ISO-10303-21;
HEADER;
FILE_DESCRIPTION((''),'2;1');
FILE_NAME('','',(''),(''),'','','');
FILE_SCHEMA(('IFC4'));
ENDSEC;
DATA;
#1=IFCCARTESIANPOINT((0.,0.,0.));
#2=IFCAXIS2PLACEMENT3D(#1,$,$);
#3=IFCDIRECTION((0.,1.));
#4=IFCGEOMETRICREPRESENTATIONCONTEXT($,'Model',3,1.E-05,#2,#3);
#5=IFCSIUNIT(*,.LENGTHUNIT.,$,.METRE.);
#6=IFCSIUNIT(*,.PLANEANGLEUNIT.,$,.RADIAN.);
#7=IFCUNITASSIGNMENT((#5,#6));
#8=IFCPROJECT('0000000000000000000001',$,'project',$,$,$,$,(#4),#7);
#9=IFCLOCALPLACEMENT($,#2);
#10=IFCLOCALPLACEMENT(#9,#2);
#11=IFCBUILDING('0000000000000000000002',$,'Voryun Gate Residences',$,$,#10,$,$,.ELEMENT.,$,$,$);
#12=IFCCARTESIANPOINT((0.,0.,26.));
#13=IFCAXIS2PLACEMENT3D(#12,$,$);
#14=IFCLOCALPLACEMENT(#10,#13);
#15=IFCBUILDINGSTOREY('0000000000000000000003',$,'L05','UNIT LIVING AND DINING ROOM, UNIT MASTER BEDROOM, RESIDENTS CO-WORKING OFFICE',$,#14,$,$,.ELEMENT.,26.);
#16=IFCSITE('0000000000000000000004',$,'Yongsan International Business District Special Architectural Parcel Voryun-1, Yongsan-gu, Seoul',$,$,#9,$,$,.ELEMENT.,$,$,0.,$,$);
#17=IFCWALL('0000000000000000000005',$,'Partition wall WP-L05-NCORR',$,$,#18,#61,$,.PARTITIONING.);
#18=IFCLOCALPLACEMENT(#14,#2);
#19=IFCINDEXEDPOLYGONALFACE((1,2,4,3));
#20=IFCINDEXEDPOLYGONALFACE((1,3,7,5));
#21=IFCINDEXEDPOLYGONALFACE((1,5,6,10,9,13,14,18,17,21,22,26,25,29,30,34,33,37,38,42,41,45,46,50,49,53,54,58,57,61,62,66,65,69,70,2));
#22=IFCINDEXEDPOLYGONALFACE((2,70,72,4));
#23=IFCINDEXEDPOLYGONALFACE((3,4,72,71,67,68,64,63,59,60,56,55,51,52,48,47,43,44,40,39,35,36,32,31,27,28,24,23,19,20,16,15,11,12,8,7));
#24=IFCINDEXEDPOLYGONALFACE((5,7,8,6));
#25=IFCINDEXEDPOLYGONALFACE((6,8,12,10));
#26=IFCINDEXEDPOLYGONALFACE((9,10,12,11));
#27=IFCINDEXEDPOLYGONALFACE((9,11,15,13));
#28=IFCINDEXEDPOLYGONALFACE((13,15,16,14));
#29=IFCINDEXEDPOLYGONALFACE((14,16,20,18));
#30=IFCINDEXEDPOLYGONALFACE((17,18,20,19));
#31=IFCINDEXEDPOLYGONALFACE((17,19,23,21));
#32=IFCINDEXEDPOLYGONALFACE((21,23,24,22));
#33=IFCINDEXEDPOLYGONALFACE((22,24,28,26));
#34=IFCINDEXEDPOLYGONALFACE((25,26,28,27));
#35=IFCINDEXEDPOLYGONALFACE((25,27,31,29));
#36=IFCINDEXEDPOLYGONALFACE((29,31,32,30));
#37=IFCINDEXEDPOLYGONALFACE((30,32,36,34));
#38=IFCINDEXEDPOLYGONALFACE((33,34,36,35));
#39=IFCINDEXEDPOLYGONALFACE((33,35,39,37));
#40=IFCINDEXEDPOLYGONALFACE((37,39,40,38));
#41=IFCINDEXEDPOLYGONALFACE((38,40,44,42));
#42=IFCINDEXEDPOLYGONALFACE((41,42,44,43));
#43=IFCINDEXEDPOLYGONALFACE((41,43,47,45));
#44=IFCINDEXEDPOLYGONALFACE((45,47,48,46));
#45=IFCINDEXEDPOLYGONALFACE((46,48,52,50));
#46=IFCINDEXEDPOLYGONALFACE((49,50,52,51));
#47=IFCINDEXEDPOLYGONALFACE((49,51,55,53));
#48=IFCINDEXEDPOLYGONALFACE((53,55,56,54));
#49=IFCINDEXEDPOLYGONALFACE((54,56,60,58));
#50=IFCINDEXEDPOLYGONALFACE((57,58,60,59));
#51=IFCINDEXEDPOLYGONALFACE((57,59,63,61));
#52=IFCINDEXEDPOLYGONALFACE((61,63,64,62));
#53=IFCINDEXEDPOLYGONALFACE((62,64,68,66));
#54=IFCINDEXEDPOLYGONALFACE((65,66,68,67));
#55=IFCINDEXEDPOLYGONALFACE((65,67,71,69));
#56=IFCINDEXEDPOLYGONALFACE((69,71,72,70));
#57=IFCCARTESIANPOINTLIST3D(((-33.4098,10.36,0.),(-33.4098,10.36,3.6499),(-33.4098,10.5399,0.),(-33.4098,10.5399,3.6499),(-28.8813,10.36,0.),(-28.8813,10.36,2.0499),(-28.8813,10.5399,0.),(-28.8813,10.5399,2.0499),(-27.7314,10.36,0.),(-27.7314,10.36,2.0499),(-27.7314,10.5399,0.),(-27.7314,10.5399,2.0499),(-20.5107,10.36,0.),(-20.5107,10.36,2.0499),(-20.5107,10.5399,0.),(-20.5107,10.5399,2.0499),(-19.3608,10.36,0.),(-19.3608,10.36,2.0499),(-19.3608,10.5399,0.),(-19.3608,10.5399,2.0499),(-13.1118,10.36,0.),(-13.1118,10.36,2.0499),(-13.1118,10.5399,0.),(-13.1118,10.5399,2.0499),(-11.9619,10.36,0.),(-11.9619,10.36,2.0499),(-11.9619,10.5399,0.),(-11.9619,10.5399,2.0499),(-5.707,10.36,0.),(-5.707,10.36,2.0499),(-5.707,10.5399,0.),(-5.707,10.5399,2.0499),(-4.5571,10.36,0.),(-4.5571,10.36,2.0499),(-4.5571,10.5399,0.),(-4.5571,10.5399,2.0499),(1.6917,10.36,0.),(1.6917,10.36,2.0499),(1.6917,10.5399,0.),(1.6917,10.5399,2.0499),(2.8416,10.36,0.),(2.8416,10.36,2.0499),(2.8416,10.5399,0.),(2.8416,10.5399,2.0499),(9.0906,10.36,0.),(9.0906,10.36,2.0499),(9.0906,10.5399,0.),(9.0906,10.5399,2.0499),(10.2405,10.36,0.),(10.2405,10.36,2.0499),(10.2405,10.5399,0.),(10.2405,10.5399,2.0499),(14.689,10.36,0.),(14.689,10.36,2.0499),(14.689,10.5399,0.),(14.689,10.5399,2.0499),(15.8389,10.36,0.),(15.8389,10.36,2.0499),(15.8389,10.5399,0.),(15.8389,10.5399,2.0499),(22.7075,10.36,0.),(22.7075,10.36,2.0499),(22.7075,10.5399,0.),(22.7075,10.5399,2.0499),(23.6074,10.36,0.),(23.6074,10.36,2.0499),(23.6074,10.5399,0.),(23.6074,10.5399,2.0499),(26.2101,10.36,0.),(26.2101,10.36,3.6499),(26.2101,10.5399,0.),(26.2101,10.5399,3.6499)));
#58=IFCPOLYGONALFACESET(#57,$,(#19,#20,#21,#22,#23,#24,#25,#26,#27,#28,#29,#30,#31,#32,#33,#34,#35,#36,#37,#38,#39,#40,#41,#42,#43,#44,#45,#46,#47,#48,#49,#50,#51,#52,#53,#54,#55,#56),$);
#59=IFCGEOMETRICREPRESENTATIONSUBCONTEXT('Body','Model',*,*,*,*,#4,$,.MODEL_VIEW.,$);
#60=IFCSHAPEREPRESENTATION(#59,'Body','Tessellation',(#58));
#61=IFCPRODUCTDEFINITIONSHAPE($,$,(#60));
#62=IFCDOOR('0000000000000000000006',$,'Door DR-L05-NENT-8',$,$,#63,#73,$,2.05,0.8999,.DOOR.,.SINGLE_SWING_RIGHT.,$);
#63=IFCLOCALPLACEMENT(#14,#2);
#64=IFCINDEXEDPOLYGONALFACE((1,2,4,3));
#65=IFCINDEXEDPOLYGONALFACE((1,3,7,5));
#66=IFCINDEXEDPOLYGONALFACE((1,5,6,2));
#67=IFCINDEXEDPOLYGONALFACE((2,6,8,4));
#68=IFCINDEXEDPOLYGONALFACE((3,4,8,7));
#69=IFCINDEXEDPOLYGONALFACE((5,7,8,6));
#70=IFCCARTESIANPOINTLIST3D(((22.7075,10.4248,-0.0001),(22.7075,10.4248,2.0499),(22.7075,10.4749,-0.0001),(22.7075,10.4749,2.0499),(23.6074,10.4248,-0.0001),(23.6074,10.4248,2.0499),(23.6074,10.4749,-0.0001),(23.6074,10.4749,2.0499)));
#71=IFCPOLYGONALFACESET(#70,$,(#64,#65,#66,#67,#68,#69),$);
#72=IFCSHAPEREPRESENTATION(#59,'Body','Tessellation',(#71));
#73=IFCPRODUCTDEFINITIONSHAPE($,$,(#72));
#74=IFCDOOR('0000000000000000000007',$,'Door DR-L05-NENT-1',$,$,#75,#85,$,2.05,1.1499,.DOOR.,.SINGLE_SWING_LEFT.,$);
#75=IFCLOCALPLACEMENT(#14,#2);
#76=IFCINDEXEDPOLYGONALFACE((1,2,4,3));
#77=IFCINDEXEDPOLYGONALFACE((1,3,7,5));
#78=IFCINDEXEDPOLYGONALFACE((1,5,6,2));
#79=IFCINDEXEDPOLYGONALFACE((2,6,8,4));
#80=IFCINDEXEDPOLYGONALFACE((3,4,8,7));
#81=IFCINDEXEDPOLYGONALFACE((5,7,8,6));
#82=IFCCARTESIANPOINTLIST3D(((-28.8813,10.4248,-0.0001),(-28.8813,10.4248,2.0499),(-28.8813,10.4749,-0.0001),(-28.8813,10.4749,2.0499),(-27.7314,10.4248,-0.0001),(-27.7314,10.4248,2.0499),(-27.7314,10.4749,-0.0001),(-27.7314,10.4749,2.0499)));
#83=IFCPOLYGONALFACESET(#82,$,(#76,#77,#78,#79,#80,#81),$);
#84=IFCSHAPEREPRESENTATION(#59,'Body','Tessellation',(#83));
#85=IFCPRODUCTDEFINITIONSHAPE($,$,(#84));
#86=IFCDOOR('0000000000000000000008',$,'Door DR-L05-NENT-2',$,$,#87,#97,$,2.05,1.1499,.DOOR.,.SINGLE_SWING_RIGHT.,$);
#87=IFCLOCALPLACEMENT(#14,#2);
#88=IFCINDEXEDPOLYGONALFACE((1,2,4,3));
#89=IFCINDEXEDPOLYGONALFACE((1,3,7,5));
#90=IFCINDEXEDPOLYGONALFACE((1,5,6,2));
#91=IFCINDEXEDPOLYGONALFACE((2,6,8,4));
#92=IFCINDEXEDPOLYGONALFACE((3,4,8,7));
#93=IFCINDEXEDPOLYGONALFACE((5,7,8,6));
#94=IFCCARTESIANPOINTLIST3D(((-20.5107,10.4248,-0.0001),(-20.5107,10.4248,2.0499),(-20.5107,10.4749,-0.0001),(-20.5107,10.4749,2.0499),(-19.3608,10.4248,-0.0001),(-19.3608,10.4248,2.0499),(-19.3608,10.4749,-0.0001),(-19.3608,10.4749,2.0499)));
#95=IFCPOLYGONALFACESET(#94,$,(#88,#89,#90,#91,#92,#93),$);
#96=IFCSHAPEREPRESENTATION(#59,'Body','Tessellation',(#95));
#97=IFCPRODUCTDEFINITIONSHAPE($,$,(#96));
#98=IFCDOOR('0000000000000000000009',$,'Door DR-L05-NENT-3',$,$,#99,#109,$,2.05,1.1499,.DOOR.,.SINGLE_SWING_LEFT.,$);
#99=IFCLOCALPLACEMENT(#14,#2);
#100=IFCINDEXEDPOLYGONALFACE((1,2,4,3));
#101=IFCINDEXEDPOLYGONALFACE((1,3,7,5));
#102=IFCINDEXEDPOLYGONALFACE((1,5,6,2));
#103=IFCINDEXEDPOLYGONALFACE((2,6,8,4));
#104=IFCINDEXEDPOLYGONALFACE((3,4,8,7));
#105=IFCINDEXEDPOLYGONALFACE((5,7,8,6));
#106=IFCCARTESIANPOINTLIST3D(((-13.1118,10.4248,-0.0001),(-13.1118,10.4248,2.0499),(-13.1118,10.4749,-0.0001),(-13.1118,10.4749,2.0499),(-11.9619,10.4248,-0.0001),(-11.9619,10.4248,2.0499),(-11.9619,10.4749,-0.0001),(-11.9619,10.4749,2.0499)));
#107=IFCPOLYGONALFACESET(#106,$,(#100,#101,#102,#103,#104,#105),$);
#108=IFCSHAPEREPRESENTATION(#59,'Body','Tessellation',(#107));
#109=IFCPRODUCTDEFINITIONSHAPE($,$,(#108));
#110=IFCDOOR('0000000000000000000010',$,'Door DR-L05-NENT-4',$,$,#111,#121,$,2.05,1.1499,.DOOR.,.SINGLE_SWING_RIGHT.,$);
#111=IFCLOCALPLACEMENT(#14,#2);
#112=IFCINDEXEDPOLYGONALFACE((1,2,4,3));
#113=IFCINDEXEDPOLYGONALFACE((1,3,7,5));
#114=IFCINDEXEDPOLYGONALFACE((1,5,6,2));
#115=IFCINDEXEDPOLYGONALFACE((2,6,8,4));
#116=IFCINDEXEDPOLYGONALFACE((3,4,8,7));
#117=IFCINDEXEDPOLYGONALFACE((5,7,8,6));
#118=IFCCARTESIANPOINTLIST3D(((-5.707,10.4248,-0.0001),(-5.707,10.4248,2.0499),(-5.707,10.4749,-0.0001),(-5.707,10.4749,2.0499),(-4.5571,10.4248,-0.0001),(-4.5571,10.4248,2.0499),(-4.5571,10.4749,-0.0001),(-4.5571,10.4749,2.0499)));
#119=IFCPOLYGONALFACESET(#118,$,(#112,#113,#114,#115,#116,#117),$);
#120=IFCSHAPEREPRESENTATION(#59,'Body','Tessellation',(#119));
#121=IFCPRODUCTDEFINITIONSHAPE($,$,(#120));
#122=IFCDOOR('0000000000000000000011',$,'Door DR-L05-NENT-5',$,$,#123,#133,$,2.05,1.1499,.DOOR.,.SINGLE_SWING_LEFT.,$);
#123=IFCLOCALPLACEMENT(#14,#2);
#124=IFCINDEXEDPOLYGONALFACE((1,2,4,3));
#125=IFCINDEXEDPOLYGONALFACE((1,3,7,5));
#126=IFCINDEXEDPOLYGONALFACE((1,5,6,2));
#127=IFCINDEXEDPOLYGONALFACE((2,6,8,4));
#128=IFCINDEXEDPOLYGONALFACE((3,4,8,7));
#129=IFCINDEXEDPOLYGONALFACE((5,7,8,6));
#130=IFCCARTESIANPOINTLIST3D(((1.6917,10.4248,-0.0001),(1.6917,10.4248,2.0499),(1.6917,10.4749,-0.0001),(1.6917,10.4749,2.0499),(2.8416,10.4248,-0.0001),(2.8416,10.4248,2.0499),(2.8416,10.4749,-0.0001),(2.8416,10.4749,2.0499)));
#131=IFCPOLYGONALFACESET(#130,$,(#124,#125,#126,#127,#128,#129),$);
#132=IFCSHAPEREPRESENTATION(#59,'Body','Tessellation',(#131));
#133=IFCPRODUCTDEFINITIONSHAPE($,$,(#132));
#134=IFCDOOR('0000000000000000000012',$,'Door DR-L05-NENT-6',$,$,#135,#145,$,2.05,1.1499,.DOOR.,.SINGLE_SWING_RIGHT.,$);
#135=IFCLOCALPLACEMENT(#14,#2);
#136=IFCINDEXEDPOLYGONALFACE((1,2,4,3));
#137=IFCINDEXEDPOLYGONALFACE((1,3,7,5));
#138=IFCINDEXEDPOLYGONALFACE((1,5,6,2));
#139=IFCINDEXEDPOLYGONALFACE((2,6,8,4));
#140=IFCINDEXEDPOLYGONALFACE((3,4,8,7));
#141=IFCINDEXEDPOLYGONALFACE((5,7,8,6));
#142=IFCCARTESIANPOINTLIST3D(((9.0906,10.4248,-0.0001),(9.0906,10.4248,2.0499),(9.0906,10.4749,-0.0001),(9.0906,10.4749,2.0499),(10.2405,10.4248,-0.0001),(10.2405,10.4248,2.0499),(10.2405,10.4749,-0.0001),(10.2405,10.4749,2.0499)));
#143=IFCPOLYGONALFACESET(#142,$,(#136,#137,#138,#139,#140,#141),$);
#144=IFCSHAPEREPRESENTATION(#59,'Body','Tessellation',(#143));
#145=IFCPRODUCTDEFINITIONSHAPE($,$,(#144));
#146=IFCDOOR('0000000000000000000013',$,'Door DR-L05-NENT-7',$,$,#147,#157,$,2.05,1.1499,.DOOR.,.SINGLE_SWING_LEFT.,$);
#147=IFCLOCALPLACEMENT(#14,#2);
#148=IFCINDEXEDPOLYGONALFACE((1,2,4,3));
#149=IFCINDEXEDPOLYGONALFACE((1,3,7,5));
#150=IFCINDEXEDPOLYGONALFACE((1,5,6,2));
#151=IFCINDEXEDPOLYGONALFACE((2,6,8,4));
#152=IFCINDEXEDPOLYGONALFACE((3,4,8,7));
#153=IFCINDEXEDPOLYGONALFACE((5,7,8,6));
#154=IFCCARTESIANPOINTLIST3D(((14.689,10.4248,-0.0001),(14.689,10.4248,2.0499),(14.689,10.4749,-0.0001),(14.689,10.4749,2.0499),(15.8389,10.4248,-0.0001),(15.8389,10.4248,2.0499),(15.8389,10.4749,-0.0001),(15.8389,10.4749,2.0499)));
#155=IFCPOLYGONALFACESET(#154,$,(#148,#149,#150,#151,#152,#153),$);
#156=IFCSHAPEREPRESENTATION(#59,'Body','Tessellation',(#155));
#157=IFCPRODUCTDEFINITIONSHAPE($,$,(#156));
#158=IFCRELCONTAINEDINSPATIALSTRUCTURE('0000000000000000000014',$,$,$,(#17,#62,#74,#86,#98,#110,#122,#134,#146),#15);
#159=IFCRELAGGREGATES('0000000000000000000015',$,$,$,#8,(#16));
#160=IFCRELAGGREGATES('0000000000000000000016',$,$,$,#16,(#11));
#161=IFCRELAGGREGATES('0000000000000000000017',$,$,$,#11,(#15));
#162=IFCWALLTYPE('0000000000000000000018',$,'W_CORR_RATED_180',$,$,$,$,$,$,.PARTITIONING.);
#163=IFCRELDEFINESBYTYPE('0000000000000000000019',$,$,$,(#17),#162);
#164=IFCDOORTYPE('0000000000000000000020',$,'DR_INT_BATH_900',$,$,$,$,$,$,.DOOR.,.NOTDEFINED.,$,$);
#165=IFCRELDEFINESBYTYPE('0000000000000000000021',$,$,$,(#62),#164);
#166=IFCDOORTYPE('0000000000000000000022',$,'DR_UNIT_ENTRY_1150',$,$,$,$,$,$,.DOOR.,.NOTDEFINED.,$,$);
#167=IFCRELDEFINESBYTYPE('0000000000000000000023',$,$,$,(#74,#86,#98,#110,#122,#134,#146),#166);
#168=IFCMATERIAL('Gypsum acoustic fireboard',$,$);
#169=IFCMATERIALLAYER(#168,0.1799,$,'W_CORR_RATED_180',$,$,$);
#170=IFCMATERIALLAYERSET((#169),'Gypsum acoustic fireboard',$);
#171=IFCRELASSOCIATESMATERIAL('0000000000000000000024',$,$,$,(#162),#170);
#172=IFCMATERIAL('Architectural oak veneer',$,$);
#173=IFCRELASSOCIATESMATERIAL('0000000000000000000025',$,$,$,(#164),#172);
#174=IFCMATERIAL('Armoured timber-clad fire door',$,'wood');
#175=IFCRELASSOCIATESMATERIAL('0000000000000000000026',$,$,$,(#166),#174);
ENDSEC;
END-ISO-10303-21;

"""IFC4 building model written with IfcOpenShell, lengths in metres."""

from ifc_helpers import new_model, si_unit, direction, frame, frame_2d, origin, place, context, subcontext, project, spatial, rectangle, extrude, material, layer, layer_set, type_object, element, fill, save


model = new_model("IFC4")

# Units and contexts
model_context = context("Model", 3, precision=1e-05, world=origin(), true_north=direction((0.0, 1.0)))
body_context = subcontext(model_context, "Body", "Model", "MODEL_VIEW")
ifc_project = project(units=[si_unit("LENGTHUNIT", "METRE"), si_unit("PLANEANGLEUNIT", "RADIAN")], contexts=[model_context])

# Site, building, storey
site_placement = place(None, origin())
site = spatial("IfcSite", under=ifc_project, at=site_placement, Name="Yongsan International Business District Special Architectural Parcel Voryun-1, Yongsan-gu, Seoul", CompositionType="ELEMENT", RefElevation=0.0)
building_placement = place(site_placement, origin())
building = spatial("IfcBuilding", under=site, at=building_placement, Name="Voryun Gate Residences", CompositionType="ELEMENT")
storey_placement = place(building_placement, frame((0.0, 0.0, 26.0)))
storey = spatial("IfcBuildingStorey", under=building, at=storey_placement, Name="L05", Description="UNIT LIVING AND DINING ROOM, UNIT MASTER BEDROOM, RESIDENTS CO-WORKING OFFICE", CompositionType="ELEMENT", Elevation=26.0)

# Wall, openings, doors
ifc_material_1 = material(Name="Gypsum acoustic fireboard")
ifc_layer_1 = layer(ifc_material_1, 0.1799, Name="W_CORR_RATED_180")
ifc_layer_set_1 = layer_set([ifc_layer_1], Name="Gypsum acoustic fireboard")
wall_type_1 = type_object("IfcWallType", Name="W_CORR_RATED_180", PredefinedType="PARTITIONING", material=ifc_layer_set_1)
wall_1_placement = place(storey_placement, frame((-33.4099, 10.45, 0.0), z_axis=(0.0, 0.0, 1.0), x_axis=(1.0, 0.0, 0.0)))
wall_1 = element("IfcWall", 1, at=wall_1_placement, inside=storey, type_object=wall_type_1, Name="Partition wall WP-L05-NCORR", PredefinedType="PARTITIONING", context=body_context, shape_type="SweptSolid", body=[
    extrude(rectangle(XDim=59.6199, YDim=0.1799, at=frame_2d((29.8101, 0.0))), origin(), (0.0, 0.0, 1.0), 3.6499),
])
opening_1_placement = place(wall_1_placement, frame((4.5286, 0.0, 0.0)))
opening_1 = element("IfcOpeningElement", 2, at=opening_1_placement, cuts=wall_1, PredefinedType="OPENING", context=body_context, shape_type="SweptSolid", body=[
    extrude(rectangle(XDim=1.1499, YDim=2.05, at=frame_2d((0.575, 1.0249))), frame((0.0, 0.0999, 0.0), z_axis=(0.0, -1.0, 0.0), x_axis=(1.0, 0.0, 0.0)), (0.0, 0.0, 1.0), 0.2),
])
opening_2_placement = place(wall_1_placement, frame((12.8992, 0.0, 0.0)))
opening_2 = element("IfcOpeningElement", 3, at=opening_2_placement, cuts=wall_1, PredefinedType="OPENING", context=body_context, shape_type="SweptSolid", body=[
    extrude(rectangle(XDim=1.1499, YDim=2.05, at=frame_2d((0.575, 1.0249))), frame((0.0, 0.0999, 0.0), z_axis=(0.0, -1.0, 0.0), x_axis=(1.0, 0.0, 0.0)), (0.0, 0.0, 1.0), 0.2),
])
opening_3_placement = place(wall_1_placement, frame((20.2981, 0.0, 0.0)))
opening_3 = element("IfcOpeningElement", 4, at=opening_3_placement, cuts=wall_1, PredefinedType="OPENING", context=body_context, shape_type="SweptSolid", body=[
    extrude(rectangle(XDim=1.1499, YDim=2.05, at=frame_2d((0.575, 1.0249))), frame((0.0, 0.0999, 0.0), z_axis=(0.0, -1.0, 0.0), x_axis=(1.0, 0.0, 0.0)), (0.0, 0.0, 1.0), 0.2),
])
opening_4_placement = place(wall_1_placement, frame((27.7029, 0.0, 0.0)))
opening_4 = element("IfcOpeningElement", 5, at=opening_4_placement, cuts=wall_1, PredefinedType="OPENING", context=body_context, shape_type="SweptSolid", body=[
    extrude(rectangle(XDim=1.1499, YDim=2.05, at=frame_2d((0.575, 1.0249))), frame((0.0, 0.0999, 0.0), z_axis=(0.0, -1.0, 0.0), x_axis=(1.0, 0.0, 0.0)), (0.0, 0.0, 1.0), 0.2),
])
opening_5_placement = place(wall_1_placement, frame((35.1016, 0.0, 0.0)))
opening_5 = element("IfcOpeningElement", 6, at=opening_5_placement, cuts=wall_1, PredefinedType="OPENING", context=body_context, shape_type="SweptSolid", body=[
    extrude(rectangle(XDim=1.1499, YDim=2.05, at=frame_2d((0.575, 1.0249))), frame((0.0, 0.0999, 0.0), z_axis=(0.0, -1.0, 0.0), x_axis=(1.0, 0.0, 0.0)), (0.0, 0.0, 1.0), 0.2),
])
opening_6_placement = place(wall_1_placement, frame((42.5005, 0.0, 0.0)))
opening_6 = element("IfcOpeningElement", 7, at=opening_6_placement, cuts=wall_1, PredefinedType="OPENING", context=body_context, shape_type="SweptSolid", body=[
    extrude(rectangle(XDim=1.1499, YDim=2.05, at=frame_2d((0.575, 1.0249))), frame((0.0, 0.0999, 0.0), z_axis=(0.0, -1.0, 0.0), x_axis=(1.0, 0.0, 0.0)), (0.0, 0.0, 1.0), 0.2),
])
opening_7_placement = place(wall_1_placement, frame((48.0989, 0.0, 0.0)))
opening_7 = element("IfcOpeningElement", 8, at=opening_7_placement, cuts=wall_1, PredefinedType="OPENING", context=body_context, shape_type="SweptSolid", body=[
    extrude(rectangle(XDim=1.1499, YDim=2.05, at=frame_2d((0.575, 1.0249))), frame((0.0, 0.0999, 0.0), z_axis=(0.0, -1.0, 0.0), x_axis=(1.0, 0.0, 0.0)), (0.0, 0.0, 1.0), 0.2),
])
opening_8_placement = place(wall_1_placement, frame((56.1174, 0.0, 0.0)))
opening_8 = element("IfcOpeningElement", 9, at=opening_8_placement, cuts=wall_1, PredefinedType="OPENING", context=body_context, shape_type="SweptSolid", body=[
    extrude(rectangle(XDim=0.8999, YDim=2.05, at=frame_2d((0.45, 1.0249))), frame((0.0, 0.0999, 0.0), z_axis=(0.0, -1.0, 0.0), x_axis=(1.0, 0.0, 0.0)), (0.0, 0.0, 1.0), 0.2),
])
ifc_material_2 = material(Name="Architectural oak veneer")
door_type_1 = type_object("IfcDoorType", Name="DR_INT_BATH_900", OperationType="NOTDEFINED", PredefinedType="DOOR", material=ifc_material_2)
door_1_placement = place(opening_8_placement, origin())
door_1 = element("IfcDoor", 10, at=door_1_placement, inside=storey, type_object=door_type_1, Name="Door DR-L05-NENT-8", OperationType="SINGLE_SWING_RIGHT", OverallHeight=2.05, OverallWidth=0.8999, PredefinedType="DOOR", context=body_context, shape_type="SweptSolid", body=[
    extrude(rectangle(XDim=0.8999, YDim=2.05, at=frame_2d((0.45, 1.0249))), frame((0.0, 0.0249, 0.0), z_axis=(0.0, -1.0, 0.0), x_axis=(1.0, 0.0, 0.0)), (0.0, 0.0, 1.0), 0.05),
])
fill(opening_8, door_1)
ifc_material_3 = material(Name="Armoured timber-clad fire door", Category="wood")
door_type_2 = type_object("IfcDoorType", Name="DR_UNIT_ENTRY_1150", OperationType="NOTDEFINED", PredefinedType="DOOR", material=ifc_material_3)
door_2_placement = place(opening_1_placement, origin())
door_2 = element("IfcDoor", 11, at=door_2_placement, inside=storey, type_object=door_type_2, Name="Door DR-L05-NENT-1", OperationType="SINGLE_SWING_LEFT", OverallHeight=2.05, OverallWidth=1.1499, PredefinedType="DOOR", context=body_context, shape_type="SweptSolid", body=[
    extrude(rectangle(XDim=1.1499, YDim=2.05, at=frame_2d((0.575, 1.0249))), frame((0.0, 0.0249, 0.0), z_axis=(0.0, -1.0, 0.0), x_axis=(1.0, 0.0, 0.0)), (0.0, 0.0, 1.0), 0.05),
])
fill(opening_1, door_2)
door_3_placement = place(opening_2_placement, origin())
door_3 = element("IfcDoor", 12, at=door_3_placement, inside=storey, type_object=door_type_2, Name="Door DR-L05-NENT-2", OperationType="SINGLE_SWING_RIGHT", OverallHeight=2.05, OverallWidth=1.1499, PredefinedType="DOOR", context=body_context, shape_type="SweptSolid", body=[
    extrude(rectangle(XDim=1.1499, YDim=2.05, at=frame_2d((0.575, 1.0249))), frame((0.0, 0.0249, 0.0), z_axis=(0.0, -1.0, 0.0), x_axis=(1.0, 0.0, 0.0)), (0.0, 0.0, 1.0), 0.05),
])
fill(opening_2, door_3)
door_4_placement = place(opening_3_placement, origin())
door_4 = element("IfcDoor", 13, at=door_4_placement, inside=storey, type_object=door_type_2, Name="Door DR-L05-NENT-3", OperationType="SINGLE_SWING_LEFT", OverallHeight=2.05, OverallWidth=1.1499, PredefinedType="DOOR", context=body_context, shape_type="SweptSolid", body=[
    extrude(rectangle(XDim=1.1499, YDim=2.05, at=frame_2d((0.575, 1.0249))), frame((0.0, 0.0249, 0.0), z_axis=(0.0, -1.0, 0.0), x_axis=(1.0, 0.0, 0.0)), (0.0, 0.0, 1.0), 0.05),
])
fill(opening_3, door_4)
door_5_placement = place(opening_4_placement, origin())
door_5 = element("IfcDoor", 14, at=door_5_placement, inside=storey, type_object=door_type_2, Name="Door DR-L05-NENT-4", OperationType="SINGLE_SWING_RIGHT", OverallHeight=2.05, OverallWidth=1.1499, PredefinedType="DOOR", context=body_context, shape_type="SweptSolid", body=[
    extrude(rectangle(XDim=1.1499, YDim=2.05, at=frame_2d((0.575, 1.0249))), frame((0.0, 0.0249, 0.0), z_axis=(0.0, -1.0, 0.0), x_axis=(1.0, 0.0, 0.0)), (0.0, 0.0, 1.0), 0.05),
])
fill(opening_4, door_5)
door_6_placement = place(opening_5_placement, origin())
door_6 = element("IfcDoor", 15, at=door_6_placement, inside=storey, type_object=door_type_2, Name="Door DR-L05-NENT-5", OperationType="SINGLE_SWING_LEFT", OverallHeight=2.05, OverallWidth=1.1499, PredefinedType="DOOR", context=body_context, shape_type="SweptSolid", body=[
    extrude(rectangle(XDim=1.1499, YDim=2.05, at=frame_2d((0.575, 1.0249))), frame((0.0, 0.0249, 0.0), z_axis=(0.0, -1.0, 0.0), x_axis=(1.0, 0.0, 0.0)), (0.0, 0.0, 1.0), 0.05),
])
fill(opening_5, door_6)
door_7_placement = place(opening_6_placement, origin())
door_7 = element("IfcDoor", 16, at=door_7_placement, inside=storey, type_object=door_type_2, Name="Door DR-L05-NENT-6", OperationType="SINGLE_SWING_RIGHT", OverallHeight=2.05, OverallWidth=1.1499, PredefinedType="DOOR", context=body_context, shape_type="SweptSolid", body=[
    extrude(rectangle(XDim=1.1499, YDim=2.05, at=frame_2d((0.575, 1.0249))), frame((0.0, 0.0249, 0.0), z_axis=(0.0, -1.0, 0.0), x_axis=(1.0, 0.0, 0.0)), (0.0, 0.0, 1.0), 0.05),
])
fill(opening_6, door_7)
door_8_placement = place(opening_7_placement, origin())
door_8 = element("IfcDoor", 17, at=door_8_placement, inside=storey, type_object=door_type_2, Name="Door DR-L05-NENT-7", OperationType="SINGLE_SWING_LEFT", OverallHeight=2.05, OverallWidth=1.1499, PredefinedType="DOOR", context=body_context, shape_type="SweptSolid", body=[
    extrude(rectangle(XDim=1.1499, YDim=2.05, at=frame_2d((0.575, 1.0249))), frame((0.0, 0.0249, 0.0), z_axis=(0.0, -1.0, 0.0), x_axis=(1.0, 0.0, 0.0)), (0.0, 0.0, 1.0), 0.05),
])
fill(opening_7, door_8)

save(model, "model.ifc")
